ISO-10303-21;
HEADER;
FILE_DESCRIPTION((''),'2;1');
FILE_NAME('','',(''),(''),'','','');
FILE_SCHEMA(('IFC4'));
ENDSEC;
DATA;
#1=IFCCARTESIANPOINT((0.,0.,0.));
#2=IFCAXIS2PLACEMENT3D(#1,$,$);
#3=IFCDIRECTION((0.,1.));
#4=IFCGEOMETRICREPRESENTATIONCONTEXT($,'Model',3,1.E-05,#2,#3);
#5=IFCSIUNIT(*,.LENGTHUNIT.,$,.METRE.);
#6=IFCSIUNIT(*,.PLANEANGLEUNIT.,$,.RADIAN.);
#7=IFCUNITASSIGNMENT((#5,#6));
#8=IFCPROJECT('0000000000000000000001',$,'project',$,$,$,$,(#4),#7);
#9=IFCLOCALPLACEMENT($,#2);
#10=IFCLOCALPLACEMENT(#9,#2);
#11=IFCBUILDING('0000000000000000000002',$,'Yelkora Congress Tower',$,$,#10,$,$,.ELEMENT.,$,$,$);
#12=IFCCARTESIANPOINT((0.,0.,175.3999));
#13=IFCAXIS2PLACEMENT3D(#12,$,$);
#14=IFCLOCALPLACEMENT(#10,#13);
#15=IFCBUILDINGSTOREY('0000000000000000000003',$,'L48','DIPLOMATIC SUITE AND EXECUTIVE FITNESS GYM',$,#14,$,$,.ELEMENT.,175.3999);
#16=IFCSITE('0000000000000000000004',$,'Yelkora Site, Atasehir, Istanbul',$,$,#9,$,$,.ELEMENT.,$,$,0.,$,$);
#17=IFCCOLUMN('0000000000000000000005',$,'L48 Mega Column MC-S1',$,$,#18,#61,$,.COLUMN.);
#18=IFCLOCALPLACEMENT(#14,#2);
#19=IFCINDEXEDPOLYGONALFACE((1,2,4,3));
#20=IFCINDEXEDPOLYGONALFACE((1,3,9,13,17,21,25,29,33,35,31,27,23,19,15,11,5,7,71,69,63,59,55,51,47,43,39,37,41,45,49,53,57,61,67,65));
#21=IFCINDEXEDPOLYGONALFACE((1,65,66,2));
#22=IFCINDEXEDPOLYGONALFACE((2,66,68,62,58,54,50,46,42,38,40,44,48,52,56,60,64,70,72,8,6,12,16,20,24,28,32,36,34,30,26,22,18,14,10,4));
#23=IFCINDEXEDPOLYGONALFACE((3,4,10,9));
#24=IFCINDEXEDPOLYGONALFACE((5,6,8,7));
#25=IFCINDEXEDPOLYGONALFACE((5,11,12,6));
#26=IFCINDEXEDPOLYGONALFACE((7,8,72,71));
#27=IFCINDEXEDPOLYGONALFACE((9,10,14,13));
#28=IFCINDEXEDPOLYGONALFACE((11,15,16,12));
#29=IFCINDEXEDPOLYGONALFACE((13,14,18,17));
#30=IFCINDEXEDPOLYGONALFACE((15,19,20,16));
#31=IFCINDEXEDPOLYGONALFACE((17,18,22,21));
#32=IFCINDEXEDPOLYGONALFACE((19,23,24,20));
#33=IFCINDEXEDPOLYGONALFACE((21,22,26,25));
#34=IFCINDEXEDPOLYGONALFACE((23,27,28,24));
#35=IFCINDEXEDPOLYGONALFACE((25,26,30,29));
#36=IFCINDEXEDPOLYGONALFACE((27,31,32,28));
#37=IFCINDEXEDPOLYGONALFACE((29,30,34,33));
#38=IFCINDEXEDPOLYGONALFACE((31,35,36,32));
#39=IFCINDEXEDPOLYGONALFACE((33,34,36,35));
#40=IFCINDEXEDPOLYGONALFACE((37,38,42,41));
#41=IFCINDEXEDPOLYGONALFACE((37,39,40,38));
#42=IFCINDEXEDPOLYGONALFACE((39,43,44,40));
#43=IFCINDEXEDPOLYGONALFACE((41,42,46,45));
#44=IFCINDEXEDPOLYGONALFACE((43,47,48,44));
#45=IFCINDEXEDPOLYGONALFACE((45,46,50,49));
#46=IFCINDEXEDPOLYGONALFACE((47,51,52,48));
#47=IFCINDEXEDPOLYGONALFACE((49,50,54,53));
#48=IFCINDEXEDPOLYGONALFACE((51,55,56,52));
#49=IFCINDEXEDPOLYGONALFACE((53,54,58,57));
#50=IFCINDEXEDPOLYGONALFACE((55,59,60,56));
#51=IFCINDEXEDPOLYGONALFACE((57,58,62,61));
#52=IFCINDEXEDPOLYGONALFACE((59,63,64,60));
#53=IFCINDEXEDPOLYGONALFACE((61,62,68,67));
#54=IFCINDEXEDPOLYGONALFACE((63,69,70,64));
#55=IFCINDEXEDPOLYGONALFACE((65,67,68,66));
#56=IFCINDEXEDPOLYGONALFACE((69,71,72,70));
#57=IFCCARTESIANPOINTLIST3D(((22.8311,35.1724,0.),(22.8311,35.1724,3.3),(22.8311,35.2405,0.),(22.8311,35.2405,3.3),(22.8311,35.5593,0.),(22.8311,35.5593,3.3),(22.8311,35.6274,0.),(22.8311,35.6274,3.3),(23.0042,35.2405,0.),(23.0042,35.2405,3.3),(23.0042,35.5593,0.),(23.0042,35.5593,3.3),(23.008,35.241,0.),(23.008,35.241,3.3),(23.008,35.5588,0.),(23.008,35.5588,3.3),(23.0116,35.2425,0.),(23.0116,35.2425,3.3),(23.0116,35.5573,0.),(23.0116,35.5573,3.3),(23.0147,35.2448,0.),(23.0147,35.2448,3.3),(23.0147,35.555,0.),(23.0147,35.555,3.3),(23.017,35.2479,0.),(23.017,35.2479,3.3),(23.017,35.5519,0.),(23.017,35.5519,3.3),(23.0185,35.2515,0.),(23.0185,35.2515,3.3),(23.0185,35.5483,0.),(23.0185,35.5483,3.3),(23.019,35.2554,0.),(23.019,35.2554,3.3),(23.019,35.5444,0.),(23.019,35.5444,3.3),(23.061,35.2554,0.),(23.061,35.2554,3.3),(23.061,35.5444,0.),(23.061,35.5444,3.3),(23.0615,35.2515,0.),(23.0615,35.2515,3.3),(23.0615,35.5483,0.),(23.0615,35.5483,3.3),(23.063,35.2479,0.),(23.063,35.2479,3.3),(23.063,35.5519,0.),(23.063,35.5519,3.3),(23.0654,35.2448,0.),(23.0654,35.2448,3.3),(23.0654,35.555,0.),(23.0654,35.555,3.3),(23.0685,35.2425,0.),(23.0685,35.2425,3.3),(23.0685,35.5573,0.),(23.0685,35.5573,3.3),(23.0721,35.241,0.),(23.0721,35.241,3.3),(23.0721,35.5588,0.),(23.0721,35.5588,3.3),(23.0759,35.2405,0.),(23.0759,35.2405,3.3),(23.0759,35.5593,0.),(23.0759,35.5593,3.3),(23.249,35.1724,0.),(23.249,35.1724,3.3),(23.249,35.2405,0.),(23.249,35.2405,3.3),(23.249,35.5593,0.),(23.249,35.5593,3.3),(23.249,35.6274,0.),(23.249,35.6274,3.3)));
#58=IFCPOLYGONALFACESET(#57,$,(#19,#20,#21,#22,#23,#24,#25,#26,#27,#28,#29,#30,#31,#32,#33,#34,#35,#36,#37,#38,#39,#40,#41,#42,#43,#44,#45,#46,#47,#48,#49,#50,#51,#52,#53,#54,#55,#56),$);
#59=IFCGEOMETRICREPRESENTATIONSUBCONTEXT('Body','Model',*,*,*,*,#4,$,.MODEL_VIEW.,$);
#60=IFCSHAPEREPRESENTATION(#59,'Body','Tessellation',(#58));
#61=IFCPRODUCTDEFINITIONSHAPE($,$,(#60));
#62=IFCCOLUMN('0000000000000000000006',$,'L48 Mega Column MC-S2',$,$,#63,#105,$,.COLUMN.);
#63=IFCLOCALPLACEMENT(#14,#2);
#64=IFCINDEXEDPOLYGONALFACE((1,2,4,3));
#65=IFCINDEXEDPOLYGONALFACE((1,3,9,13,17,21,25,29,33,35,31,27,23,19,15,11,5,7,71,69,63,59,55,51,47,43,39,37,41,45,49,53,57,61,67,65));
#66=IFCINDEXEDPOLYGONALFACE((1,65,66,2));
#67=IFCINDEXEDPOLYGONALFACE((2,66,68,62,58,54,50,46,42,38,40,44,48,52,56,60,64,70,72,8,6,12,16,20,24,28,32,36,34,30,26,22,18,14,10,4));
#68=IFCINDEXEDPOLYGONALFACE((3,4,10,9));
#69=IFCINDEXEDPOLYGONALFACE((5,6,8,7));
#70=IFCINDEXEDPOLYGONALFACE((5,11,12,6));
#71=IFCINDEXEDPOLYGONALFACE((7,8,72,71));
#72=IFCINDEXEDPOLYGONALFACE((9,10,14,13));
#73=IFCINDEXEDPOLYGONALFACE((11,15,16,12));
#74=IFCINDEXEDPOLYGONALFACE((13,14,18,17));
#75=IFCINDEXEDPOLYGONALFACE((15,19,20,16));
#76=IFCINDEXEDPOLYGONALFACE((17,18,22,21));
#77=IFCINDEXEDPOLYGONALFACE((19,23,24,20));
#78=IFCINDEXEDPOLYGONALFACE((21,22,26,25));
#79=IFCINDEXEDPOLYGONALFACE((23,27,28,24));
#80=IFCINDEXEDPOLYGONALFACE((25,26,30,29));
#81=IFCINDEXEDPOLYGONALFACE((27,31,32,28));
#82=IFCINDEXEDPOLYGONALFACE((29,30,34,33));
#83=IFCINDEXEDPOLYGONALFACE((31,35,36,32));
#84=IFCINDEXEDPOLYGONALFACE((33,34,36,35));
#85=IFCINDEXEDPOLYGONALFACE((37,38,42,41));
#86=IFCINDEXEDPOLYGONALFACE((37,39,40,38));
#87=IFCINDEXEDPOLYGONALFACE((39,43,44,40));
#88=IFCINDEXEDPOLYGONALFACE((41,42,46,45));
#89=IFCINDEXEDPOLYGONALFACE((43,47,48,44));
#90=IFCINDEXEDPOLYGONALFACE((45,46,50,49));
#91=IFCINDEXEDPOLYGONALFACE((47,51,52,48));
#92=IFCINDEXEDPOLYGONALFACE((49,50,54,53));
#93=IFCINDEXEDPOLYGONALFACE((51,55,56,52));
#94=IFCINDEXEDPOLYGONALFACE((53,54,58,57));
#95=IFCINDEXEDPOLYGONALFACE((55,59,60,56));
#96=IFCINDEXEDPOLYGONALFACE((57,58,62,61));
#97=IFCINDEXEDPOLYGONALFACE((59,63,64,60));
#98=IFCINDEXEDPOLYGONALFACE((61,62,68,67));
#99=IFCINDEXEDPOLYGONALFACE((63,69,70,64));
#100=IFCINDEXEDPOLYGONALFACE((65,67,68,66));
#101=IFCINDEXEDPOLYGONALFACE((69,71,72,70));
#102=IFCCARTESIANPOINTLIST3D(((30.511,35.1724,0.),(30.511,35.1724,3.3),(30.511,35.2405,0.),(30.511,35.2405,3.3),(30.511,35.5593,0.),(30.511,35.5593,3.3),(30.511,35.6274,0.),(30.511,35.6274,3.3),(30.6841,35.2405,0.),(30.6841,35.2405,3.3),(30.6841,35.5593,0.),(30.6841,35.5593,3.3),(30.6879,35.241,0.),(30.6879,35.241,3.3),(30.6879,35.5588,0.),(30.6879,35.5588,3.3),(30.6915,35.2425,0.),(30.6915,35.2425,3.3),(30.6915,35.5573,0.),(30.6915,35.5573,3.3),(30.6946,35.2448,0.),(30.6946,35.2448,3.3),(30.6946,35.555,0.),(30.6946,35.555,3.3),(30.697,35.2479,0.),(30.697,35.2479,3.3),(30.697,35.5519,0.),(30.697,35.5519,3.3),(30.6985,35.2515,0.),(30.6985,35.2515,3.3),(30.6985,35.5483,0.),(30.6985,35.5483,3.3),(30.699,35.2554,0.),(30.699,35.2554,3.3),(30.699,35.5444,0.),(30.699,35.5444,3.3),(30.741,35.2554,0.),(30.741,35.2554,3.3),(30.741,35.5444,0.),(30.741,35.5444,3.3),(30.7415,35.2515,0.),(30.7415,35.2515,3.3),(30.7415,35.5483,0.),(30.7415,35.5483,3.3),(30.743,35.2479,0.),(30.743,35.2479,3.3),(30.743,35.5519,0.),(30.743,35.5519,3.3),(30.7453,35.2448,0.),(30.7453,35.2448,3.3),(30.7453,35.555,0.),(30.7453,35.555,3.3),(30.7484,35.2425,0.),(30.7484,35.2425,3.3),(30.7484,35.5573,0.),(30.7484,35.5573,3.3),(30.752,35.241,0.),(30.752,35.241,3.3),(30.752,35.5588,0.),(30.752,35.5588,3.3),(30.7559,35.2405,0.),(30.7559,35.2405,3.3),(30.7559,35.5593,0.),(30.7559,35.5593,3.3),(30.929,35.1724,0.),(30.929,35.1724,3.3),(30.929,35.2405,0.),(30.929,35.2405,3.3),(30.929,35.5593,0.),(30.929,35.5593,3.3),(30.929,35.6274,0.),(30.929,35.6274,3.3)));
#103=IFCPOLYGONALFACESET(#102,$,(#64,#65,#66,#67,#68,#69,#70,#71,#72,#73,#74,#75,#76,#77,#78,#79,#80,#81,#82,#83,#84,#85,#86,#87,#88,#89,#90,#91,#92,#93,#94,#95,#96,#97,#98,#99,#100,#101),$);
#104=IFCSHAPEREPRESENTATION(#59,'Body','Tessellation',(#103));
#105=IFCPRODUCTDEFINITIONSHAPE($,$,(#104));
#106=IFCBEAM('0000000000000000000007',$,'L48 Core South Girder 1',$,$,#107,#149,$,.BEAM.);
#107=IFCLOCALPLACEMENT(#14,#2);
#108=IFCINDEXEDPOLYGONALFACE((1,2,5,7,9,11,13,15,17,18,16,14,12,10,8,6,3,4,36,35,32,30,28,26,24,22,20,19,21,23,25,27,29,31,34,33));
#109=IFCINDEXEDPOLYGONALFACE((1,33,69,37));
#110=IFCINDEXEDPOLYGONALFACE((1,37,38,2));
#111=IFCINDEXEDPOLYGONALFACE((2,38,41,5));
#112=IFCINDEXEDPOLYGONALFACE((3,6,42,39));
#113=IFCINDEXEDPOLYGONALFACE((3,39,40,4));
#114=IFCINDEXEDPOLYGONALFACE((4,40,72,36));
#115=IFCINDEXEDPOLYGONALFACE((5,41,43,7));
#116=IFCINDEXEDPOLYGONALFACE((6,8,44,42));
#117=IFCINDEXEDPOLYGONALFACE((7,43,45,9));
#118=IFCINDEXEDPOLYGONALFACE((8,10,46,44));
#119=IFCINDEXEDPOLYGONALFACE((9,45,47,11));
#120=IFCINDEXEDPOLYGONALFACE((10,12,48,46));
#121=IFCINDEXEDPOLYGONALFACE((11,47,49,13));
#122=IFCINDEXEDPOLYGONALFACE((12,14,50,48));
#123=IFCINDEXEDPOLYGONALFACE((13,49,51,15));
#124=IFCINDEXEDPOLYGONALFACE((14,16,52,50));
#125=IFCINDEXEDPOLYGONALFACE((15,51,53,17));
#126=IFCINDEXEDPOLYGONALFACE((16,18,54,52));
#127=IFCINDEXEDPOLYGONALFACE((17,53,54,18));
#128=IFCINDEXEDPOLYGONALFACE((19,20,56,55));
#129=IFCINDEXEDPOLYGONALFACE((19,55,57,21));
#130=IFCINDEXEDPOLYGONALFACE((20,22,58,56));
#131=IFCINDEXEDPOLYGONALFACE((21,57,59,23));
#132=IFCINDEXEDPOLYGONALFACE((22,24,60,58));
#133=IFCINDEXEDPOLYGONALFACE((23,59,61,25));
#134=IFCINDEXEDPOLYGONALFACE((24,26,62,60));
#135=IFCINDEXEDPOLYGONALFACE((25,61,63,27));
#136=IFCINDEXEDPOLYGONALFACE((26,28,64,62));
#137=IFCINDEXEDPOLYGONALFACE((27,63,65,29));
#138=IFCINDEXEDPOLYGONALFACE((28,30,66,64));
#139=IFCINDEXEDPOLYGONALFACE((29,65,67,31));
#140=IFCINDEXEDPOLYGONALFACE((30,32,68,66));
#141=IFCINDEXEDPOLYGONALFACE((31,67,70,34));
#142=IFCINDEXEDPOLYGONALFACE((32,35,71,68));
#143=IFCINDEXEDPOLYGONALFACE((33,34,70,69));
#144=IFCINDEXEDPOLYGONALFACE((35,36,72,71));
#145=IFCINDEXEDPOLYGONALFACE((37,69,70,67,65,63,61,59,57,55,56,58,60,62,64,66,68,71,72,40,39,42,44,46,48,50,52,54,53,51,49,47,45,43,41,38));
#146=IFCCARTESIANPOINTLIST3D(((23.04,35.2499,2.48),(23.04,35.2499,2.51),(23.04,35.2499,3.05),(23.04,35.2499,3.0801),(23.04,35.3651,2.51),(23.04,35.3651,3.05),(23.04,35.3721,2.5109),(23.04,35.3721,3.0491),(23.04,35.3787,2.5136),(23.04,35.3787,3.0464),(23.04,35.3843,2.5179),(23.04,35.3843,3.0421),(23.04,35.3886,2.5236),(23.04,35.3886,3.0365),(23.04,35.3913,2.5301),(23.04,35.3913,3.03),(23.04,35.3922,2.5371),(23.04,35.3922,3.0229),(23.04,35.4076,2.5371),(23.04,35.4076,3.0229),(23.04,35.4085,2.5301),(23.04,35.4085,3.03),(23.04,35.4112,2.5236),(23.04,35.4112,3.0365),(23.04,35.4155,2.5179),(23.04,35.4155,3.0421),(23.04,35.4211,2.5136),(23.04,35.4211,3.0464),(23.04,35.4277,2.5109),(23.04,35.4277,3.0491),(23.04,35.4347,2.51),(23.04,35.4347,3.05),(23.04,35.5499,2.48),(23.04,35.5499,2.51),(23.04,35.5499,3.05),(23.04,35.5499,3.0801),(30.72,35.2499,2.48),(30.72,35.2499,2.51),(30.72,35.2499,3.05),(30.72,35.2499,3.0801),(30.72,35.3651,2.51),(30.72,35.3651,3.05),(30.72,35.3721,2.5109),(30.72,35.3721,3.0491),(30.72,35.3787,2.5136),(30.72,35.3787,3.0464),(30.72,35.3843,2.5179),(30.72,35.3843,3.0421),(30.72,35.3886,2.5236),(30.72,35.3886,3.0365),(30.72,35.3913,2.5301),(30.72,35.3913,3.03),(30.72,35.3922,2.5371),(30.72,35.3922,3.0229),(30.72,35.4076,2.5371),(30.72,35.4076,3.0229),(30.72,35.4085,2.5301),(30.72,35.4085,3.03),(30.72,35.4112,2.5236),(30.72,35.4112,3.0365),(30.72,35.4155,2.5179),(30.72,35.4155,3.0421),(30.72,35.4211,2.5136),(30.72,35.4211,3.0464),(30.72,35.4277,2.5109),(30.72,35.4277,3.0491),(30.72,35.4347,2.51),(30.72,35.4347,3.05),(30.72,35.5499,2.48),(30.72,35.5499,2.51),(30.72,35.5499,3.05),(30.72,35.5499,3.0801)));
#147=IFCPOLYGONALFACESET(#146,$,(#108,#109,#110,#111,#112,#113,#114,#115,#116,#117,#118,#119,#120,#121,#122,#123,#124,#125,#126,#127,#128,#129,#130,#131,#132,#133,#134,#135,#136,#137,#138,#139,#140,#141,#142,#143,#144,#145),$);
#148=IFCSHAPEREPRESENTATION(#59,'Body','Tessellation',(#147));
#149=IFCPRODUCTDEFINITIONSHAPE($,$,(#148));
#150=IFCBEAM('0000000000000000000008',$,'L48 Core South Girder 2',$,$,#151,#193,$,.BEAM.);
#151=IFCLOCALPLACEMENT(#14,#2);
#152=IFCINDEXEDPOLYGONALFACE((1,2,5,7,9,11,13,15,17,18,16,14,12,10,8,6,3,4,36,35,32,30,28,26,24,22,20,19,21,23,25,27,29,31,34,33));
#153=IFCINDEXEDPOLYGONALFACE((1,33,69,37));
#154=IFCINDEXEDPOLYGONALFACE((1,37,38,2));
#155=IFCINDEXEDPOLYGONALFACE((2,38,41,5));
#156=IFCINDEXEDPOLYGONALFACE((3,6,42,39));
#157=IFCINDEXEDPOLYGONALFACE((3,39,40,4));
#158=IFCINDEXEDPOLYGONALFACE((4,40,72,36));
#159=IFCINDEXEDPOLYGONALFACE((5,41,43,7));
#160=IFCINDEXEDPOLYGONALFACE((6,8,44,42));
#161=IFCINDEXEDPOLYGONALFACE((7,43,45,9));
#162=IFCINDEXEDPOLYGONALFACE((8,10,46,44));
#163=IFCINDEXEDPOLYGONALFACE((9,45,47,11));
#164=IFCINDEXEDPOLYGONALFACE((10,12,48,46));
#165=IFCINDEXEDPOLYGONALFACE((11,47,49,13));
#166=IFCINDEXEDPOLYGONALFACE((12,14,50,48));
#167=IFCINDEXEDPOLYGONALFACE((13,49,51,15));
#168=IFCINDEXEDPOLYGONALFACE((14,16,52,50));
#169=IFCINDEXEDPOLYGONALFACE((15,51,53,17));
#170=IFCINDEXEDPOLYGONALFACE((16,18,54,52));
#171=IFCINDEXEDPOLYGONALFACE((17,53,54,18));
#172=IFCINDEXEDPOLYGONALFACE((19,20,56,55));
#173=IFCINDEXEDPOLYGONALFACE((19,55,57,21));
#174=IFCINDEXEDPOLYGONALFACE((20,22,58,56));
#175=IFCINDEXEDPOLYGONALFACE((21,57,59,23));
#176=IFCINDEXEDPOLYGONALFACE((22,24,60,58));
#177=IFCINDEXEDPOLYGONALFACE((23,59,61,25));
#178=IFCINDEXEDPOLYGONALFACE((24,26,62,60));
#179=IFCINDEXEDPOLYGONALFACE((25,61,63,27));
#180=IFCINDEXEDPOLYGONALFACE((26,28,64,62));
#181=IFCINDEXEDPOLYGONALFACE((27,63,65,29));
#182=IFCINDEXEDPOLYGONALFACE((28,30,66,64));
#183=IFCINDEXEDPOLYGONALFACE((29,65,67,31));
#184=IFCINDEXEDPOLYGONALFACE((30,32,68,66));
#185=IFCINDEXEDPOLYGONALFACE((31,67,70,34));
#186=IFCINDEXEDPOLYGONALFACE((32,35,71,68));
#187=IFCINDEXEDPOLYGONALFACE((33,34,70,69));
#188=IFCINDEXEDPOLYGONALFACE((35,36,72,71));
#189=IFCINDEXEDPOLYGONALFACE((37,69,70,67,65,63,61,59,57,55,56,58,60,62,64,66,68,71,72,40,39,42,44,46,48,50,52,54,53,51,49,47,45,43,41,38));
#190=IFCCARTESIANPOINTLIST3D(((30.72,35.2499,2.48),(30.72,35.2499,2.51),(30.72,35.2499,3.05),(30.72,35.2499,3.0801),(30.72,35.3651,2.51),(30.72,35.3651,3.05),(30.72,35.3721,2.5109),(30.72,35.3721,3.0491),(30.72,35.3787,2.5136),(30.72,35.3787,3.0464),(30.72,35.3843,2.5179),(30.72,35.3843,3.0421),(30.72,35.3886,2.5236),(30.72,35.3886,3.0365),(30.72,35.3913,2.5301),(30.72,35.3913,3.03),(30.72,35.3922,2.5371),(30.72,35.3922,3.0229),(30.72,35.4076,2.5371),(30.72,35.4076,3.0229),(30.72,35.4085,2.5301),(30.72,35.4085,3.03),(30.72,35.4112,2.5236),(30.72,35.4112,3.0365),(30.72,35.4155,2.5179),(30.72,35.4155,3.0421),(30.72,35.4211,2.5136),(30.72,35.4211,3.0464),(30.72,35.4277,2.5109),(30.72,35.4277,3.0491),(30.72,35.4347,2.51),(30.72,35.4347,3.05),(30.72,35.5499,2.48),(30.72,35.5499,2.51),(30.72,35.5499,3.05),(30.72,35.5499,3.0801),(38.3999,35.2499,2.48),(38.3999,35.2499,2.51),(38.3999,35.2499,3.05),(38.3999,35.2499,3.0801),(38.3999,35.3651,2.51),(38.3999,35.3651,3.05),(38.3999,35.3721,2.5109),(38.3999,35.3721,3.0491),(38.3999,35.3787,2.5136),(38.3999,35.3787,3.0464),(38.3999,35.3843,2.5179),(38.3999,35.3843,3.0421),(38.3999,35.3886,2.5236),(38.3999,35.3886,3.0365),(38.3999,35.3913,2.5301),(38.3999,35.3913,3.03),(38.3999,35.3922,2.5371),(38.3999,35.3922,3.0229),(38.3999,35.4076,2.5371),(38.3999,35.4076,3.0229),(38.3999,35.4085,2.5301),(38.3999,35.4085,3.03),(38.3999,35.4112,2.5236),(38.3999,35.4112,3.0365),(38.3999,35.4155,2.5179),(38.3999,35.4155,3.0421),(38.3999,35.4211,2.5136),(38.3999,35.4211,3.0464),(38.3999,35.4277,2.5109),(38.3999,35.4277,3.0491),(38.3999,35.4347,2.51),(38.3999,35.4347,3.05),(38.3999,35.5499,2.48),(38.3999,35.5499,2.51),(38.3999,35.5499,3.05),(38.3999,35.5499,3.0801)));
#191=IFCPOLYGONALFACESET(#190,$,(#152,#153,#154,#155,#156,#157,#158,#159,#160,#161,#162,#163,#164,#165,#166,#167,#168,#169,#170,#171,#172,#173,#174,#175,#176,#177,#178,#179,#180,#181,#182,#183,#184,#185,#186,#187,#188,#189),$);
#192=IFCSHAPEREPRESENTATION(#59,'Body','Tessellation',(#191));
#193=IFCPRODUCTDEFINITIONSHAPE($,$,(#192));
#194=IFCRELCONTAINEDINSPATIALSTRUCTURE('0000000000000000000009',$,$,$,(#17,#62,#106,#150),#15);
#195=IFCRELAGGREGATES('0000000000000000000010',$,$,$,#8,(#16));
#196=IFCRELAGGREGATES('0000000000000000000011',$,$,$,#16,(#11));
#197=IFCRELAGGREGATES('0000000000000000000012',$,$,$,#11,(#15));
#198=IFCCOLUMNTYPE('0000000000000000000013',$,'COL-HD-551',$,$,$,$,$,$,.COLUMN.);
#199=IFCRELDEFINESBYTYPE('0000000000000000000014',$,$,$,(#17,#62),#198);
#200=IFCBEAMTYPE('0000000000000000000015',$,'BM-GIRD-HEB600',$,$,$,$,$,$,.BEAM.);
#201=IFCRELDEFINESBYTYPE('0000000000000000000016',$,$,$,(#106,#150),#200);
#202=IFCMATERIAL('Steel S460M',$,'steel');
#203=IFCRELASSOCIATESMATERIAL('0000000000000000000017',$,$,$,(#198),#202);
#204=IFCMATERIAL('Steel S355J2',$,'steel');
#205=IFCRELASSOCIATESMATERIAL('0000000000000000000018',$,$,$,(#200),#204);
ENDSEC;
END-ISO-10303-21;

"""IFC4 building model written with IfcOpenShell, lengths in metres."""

from ifc_helpers import new_model, si_unit, direction, frame, origin, origin_2d, place, context, subcontext, project, spatial, i_section, extrude, material, material_profile, profile_set, type_object, element, save


model = new_model("IFC4")

# Units and contexts
model_context = context("Model", 3, precision=1e-05, world=origin(), true_north=direction((0.0, 1.0)))
body_context = subcontext(model_context, "Body", "Model", "MODEL_VIEW")
ifc_project = project(units=[si_unit("LENGTHUNIT", "METRE"), si_unit("PLANEANGLEUNIT", "RADIAN")], contexts=[model_context])

# Site, building, storey
site_placement = place(None, origin())
site = spatial("IfcSite", under=ifc_project, at=site_placement, Name="Yelkora Site, Atasehir, Istanbul", CompositionType="ELEMENT", RefElevation=0.0)
building_placement = place(site_placement, origin())
building = spatial("IfcBuilding", under=site, at=building_placement, Name="Yelkora Congress Tower", CompositionType="ELEMENT")
storey_placement = place(building_placement, frame((0.0, 0.0, 175.3999)))
storey = spatial("IfcBuildingStorey", under=building, at=storey_placement, Name="L48", Description="DIPLOMATIC SUITE AND EXECUTIVE FITNESS GYM", CompositionType="ELEMENT", Elevation=175.3999)

# Columns
ifc_material_1 = material(Name="Steel S460M", Category="steel")
ifc_material_profile_1 = material_profile(ifc_material_1, i_section(OverallWidth=0.418, OverallDepth=0.4551, WebThickness=0.042, FlangeThickness=0.0681, FilletRadius=0.0149, at=origin_2d()), Name="HD 400x551")
ifc_profile_set_1 = profile_set([ifc_material_profile_1], Name="Steel S460M")
column_type = type_object("IfcColumnType", Name="COL-HD-551", PredefinedType="COLUMN", material=ifc_profile_set_1)
for number, where, z_axis, x_axis, name in (
    (1, (23.04, 35.3999, 0.0), (0.0, 0.0, 1.0), (1.0, 0.0, 0.0), "L48 Mega Column MC-S1"),
    (2, (30.72, 35.3999, 0.0), (0.0, 0.0, 1.0), (1.0, 0.0, 0.0), "L48 Mega Column MC-S2"),
):
    element("IfcColumn", number, at=place(storey_placement, frame(where, z_axis=z_axis, x_axis=x_axis)), inside=storey, type_object=column_type, Name=name, PredefinedType="COLUMN", context=body_context, shape_type="SweptSolid", body=[
        extrude(i_section(OverallWidth=0.418, OverallDepth=0.4551, WebThickness=0.042, FlangeThickness=0.0681, FilletRadius=0.0149, at=origin_2d()), origin(), (0.0, 0.0, 1.0), 3.3),
    ])

# Beams
ifc_material_2 = material(Name="Steel S355J2", Category="steel")
ifc_material_profile_2 = material_profile(ifc_material_2, i_section(OverallWidth=0.3, OverallDepth=0.6001, WebThickness=0.0154, FlangeThickness=0.03, FilletRadius=0.0271, at=origin_2d()), Name="HEB 600")
ifc_profile_set_2 = profile_set([ifc_material_profile_2], Name="Steel S355J2")
beam_type_1 = type_object("IfcBeamType", Name="BM-GIRD-HEB600", PredefinedType="BEAM", material=ifc_profile_set_2)
for number, where, z_axis, x_axis, name in (
    (3, (23.04, 35.3999, 2.78), (1.0, 0.0, 0.0), (0.0, 1.0, 0.0), "L48 Core South Girder 1"),
    (4, (30.72, 35.3999, 2.78), (1.0, 0.0, 0.0), (0.0, 1.0, 0.0), "L48 Core South Girder 2"),
):
    element("IfcBeam", number, at=place(storey_placement, frame(where, z_axis=z_axis, x_axis=x_axis)), inside=storey, type_object=beam_type_1, Name=name, PredefinedType="BEAM", context=body_context, shape_type="SweptSolid", body=[
        extrude(i_section(OverallWidth=0.3, OverallDepth=0.6001, WebThickness=0.0154, FlangeThickness=0.03, FilletRadius=0.0271, at=origin_2d()), origin(), (0.0, 0.0, 1.0), 7.6799),
    ])

save(model, "model.ifc")
